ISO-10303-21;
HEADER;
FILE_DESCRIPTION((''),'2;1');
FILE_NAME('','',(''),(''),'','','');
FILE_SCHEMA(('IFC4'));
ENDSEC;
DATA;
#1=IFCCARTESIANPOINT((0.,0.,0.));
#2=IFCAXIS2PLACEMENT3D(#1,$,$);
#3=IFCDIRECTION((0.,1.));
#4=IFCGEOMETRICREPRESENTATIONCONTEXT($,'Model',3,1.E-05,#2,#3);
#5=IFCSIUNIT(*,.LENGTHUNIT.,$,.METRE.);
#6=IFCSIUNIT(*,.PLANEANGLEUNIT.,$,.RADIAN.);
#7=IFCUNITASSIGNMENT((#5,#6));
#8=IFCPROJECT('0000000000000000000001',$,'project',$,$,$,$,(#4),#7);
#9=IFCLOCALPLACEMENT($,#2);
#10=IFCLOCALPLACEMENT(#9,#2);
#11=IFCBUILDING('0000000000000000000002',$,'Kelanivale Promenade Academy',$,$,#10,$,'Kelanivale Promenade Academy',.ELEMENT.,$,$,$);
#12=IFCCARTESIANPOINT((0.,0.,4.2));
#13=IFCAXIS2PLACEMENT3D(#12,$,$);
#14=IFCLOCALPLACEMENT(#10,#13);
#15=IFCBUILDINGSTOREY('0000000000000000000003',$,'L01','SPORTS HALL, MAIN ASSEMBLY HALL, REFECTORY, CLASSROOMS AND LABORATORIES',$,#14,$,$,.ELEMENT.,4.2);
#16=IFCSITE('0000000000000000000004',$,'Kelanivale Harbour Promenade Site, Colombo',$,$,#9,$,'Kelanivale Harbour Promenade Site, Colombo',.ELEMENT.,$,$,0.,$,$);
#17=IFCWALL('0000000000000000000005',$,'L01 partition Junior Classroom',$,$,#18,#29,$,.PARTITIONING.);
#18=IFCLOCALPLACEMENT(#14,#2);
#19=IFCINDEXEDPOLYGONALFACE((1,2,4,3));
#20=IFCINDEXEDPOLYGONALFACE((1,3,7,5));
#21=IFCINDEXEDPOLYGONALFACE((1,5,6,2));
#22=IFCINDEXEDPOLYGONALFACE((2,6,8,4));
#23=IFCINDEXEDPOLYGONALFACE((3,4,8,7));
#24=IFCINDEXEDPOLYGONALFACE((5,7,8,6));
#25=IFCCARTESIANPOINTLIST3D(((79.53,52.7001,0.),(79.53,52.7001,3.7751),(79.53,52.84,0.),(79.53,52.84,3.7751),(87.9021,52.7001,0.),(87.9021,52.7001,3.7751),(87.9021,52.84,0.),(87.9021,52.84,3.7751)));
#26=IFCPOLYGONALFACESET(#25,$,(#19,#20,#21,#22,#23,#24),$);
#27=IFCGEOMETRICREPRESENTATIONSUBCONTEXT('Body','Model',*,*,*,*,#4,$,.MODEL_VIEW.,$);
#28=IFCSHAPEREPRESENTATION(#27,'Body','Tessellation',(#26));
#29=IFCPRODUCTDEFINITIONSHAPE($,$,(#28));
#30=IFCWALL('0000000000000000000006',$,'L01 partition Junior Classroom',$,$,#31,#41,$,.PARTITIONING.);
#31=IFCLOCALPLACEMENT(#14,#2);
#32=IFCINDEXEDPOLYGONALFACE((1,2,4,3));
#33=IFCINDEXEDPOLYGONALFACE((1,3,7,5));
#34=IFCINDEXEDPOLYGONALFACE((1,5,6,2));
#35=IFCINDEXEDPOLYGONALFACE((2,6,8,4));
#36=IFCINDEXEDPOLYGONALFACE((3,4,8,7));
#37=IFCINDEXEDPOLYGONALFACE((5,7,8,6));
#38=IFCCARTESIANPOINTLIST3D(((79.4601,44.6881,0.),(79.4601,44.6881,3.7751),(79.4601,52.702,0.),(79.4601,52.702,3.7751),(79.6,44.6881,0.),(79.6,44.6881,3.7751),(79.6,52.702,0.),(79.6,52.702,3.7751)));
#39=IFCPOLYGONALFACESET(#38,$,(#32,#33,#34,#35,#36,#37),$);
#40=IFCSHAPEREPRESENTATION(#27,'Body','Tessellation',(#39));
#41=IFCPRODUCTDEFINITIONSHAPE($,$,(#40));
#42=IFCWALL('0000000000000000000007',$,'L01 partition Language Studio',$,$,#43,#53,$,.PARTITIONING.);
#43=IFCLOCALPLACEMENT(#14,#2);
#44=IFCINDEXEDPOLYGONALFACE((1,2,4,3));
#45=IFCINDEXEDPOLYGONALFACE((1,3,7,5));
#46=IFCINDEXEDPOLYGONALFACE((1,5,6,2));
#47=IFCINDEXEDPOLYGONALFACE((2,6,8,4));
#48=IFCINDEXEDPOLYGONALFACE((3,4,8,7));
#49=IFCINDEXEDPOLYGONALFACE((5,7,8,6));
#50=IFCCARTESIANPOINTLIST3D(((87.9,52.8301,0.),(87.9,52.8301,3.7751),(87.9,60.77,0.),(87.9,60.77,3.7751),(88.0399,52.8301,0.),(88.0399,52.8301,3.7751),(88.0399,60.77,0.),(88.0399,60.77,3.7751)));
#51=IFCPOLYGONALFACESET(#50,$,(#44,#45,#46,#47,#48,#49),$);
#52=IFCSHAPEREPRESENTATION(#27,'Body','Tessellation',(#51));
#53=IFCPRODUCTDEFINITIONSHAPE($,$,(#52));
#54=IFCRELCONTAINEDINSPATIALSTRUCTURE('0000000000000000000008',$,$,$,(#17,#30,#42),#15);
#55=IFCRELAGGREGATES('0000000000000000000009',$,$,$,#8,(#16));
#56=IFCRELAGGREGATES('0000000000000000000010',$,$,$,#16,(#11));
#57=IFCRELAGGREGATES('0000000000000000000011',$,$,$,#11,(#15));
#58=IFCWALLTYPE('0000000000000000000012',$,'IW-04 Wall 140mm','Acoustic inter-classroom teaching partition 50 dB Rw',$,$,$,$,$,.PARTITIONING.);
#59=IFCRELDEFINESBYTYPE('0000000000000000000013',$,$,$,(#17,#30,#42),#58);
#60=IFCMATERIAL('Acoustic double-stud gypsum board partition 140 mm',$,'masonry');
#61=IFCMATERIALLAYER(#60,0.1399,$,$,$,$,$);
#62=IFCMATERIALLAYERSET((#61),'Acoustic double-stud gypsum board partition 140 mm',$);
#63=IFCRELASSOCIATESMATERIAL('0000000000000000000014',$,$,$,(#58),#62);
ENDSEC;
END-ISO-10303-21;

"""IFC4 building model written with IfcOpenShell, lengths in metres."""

from ifc_helpers import new_model, si_unit, direction, frame, frame_2d, origin, place, context, subcontext, project, spatial, rectangle, extrude, material, layer, layer_set, type_object, element, save


model = new_model("IFC4")

# Units and contexts
model_context = context("Model", 3, precision=1e-05, world=origin(), true_north=direction((0.0, 1.0)))
body_context = subcontext(model_context, "Body", "Model", "MODEL_VIEW")
ifc_project = project(units=[si_unit("LENGTHUNIT", "METRE"), si_unit("PLANEANGLEUNIT", "RADIAN")], contexts=[model_context])

# Site, building, storey
site_placement = place(None, origin())
site = spatial("IfcSite", under=ifc_project, at=site_placement, Name="Kelanivale Harbour Promenade Site, Colombo", LongName="Kelanivale Harbour Promenade Site, Colombo", CompositionType="ELEMENT", RefElevation=0.0)
building_placement = place(site_placement, origin())
building = spatial("IfcBuilding", under=site, at=building_placement, Name="Kelanivale Promenade Academy", LongName="Kelanivale Promenade Academy", CompositionType="ELEMENT")
storey_placement = place(building_placement, frame((0.0, 0.0, 4.2)))
storey = spatial("IfcBuildingStorey", under=building, at=storey_placement, Name="L01", Description="SPORTS HALL, MAIN ASSEMBLY HALL, REFECTORY, CLASSROOMS AND LABORATORIES", CompositionType="ELEMENT", Elevation=4.2)

# Walls
ifc_material_1 = material(Name="Acoustic double-stud gypsum board partition 140 mm", Category="masonry")
ifc_layer_1 = layer(ifc_material_1, 0.1399)
ifc_layer_set_1 = layer_set([ifc_layer_1], Name="Acoustic double-stud gypsum board partition 140 mm")
wall_type = type_object("IfcWallType", Name="IW-04 Wall 140mm", Description="Acoustic inter-classroom teaching partition 50 dB Rw", PredefinedType="PARTITIONING", material=ifc_layer_set_1)
wall_1_placement = place(storey_placement, frame((87.9021, 52.77, 0.0), z_axis=(0.0, 0.0, 1.0), x_axis=(-1.0, 0.0, 0.0)))
element("IfcWall", 1, at=wall_1_placement, inside=storey, type_object=wall_type, Name="L01 partition Junior Classroom", PredefinedType="PARTITIONING", context=body_context, shape_type="SweptSolid", body=[
    extrude(rectangle(XDim=8.3721, YDim=0.1399, at=frame_2d((4.186, 0.0))), origin(), (0.0, 0.0, 1.0), 3.7751),
])
wall_2_placement = place(storey_placement, frame((79.53, 52.7019, 0.0), z_axis=(0.0, 0.0, 1.0), x_axis=(0.0, -1.0, 0.0)))
element("IfcWall", 2, at=wall_2_placement, inside=storey, type_object=wall_type, Name="L01 partition Junior Classroom", PredefinedType="PARTITIONING", context=body_context, shape_type="SweptSolid", body=[
    extrude(rectangle(XDim=8.0139, YDim=0.1399, at=frame_2d((4.0068, 0.0))), origin(), (0.0, 0.0, 1.0), 3.7751),
])
wall_3_placement = place(storey_placement, frame((87.97, 52.8301, 0.0), z_axis=(0.0, 0.0, 1.0), x_axis=(0.0, 1.0, 0.0)))
element("IfcWall", 3, at=wall_3_placement, inside=storey, type_object=wall_type, Name="L01 partition Language Studio", PredefinedType="PARTITIONING", context=body_context, shape_type="SweptSolid", body=[
    extrude(rectangle(XDim=7.9399, YDim=0.1399, at=frame_2d((3.97, 0.0))), origin(), (0.0, 0.0, 1.0), 3.7751),
])

save(model, "model.ifc")
